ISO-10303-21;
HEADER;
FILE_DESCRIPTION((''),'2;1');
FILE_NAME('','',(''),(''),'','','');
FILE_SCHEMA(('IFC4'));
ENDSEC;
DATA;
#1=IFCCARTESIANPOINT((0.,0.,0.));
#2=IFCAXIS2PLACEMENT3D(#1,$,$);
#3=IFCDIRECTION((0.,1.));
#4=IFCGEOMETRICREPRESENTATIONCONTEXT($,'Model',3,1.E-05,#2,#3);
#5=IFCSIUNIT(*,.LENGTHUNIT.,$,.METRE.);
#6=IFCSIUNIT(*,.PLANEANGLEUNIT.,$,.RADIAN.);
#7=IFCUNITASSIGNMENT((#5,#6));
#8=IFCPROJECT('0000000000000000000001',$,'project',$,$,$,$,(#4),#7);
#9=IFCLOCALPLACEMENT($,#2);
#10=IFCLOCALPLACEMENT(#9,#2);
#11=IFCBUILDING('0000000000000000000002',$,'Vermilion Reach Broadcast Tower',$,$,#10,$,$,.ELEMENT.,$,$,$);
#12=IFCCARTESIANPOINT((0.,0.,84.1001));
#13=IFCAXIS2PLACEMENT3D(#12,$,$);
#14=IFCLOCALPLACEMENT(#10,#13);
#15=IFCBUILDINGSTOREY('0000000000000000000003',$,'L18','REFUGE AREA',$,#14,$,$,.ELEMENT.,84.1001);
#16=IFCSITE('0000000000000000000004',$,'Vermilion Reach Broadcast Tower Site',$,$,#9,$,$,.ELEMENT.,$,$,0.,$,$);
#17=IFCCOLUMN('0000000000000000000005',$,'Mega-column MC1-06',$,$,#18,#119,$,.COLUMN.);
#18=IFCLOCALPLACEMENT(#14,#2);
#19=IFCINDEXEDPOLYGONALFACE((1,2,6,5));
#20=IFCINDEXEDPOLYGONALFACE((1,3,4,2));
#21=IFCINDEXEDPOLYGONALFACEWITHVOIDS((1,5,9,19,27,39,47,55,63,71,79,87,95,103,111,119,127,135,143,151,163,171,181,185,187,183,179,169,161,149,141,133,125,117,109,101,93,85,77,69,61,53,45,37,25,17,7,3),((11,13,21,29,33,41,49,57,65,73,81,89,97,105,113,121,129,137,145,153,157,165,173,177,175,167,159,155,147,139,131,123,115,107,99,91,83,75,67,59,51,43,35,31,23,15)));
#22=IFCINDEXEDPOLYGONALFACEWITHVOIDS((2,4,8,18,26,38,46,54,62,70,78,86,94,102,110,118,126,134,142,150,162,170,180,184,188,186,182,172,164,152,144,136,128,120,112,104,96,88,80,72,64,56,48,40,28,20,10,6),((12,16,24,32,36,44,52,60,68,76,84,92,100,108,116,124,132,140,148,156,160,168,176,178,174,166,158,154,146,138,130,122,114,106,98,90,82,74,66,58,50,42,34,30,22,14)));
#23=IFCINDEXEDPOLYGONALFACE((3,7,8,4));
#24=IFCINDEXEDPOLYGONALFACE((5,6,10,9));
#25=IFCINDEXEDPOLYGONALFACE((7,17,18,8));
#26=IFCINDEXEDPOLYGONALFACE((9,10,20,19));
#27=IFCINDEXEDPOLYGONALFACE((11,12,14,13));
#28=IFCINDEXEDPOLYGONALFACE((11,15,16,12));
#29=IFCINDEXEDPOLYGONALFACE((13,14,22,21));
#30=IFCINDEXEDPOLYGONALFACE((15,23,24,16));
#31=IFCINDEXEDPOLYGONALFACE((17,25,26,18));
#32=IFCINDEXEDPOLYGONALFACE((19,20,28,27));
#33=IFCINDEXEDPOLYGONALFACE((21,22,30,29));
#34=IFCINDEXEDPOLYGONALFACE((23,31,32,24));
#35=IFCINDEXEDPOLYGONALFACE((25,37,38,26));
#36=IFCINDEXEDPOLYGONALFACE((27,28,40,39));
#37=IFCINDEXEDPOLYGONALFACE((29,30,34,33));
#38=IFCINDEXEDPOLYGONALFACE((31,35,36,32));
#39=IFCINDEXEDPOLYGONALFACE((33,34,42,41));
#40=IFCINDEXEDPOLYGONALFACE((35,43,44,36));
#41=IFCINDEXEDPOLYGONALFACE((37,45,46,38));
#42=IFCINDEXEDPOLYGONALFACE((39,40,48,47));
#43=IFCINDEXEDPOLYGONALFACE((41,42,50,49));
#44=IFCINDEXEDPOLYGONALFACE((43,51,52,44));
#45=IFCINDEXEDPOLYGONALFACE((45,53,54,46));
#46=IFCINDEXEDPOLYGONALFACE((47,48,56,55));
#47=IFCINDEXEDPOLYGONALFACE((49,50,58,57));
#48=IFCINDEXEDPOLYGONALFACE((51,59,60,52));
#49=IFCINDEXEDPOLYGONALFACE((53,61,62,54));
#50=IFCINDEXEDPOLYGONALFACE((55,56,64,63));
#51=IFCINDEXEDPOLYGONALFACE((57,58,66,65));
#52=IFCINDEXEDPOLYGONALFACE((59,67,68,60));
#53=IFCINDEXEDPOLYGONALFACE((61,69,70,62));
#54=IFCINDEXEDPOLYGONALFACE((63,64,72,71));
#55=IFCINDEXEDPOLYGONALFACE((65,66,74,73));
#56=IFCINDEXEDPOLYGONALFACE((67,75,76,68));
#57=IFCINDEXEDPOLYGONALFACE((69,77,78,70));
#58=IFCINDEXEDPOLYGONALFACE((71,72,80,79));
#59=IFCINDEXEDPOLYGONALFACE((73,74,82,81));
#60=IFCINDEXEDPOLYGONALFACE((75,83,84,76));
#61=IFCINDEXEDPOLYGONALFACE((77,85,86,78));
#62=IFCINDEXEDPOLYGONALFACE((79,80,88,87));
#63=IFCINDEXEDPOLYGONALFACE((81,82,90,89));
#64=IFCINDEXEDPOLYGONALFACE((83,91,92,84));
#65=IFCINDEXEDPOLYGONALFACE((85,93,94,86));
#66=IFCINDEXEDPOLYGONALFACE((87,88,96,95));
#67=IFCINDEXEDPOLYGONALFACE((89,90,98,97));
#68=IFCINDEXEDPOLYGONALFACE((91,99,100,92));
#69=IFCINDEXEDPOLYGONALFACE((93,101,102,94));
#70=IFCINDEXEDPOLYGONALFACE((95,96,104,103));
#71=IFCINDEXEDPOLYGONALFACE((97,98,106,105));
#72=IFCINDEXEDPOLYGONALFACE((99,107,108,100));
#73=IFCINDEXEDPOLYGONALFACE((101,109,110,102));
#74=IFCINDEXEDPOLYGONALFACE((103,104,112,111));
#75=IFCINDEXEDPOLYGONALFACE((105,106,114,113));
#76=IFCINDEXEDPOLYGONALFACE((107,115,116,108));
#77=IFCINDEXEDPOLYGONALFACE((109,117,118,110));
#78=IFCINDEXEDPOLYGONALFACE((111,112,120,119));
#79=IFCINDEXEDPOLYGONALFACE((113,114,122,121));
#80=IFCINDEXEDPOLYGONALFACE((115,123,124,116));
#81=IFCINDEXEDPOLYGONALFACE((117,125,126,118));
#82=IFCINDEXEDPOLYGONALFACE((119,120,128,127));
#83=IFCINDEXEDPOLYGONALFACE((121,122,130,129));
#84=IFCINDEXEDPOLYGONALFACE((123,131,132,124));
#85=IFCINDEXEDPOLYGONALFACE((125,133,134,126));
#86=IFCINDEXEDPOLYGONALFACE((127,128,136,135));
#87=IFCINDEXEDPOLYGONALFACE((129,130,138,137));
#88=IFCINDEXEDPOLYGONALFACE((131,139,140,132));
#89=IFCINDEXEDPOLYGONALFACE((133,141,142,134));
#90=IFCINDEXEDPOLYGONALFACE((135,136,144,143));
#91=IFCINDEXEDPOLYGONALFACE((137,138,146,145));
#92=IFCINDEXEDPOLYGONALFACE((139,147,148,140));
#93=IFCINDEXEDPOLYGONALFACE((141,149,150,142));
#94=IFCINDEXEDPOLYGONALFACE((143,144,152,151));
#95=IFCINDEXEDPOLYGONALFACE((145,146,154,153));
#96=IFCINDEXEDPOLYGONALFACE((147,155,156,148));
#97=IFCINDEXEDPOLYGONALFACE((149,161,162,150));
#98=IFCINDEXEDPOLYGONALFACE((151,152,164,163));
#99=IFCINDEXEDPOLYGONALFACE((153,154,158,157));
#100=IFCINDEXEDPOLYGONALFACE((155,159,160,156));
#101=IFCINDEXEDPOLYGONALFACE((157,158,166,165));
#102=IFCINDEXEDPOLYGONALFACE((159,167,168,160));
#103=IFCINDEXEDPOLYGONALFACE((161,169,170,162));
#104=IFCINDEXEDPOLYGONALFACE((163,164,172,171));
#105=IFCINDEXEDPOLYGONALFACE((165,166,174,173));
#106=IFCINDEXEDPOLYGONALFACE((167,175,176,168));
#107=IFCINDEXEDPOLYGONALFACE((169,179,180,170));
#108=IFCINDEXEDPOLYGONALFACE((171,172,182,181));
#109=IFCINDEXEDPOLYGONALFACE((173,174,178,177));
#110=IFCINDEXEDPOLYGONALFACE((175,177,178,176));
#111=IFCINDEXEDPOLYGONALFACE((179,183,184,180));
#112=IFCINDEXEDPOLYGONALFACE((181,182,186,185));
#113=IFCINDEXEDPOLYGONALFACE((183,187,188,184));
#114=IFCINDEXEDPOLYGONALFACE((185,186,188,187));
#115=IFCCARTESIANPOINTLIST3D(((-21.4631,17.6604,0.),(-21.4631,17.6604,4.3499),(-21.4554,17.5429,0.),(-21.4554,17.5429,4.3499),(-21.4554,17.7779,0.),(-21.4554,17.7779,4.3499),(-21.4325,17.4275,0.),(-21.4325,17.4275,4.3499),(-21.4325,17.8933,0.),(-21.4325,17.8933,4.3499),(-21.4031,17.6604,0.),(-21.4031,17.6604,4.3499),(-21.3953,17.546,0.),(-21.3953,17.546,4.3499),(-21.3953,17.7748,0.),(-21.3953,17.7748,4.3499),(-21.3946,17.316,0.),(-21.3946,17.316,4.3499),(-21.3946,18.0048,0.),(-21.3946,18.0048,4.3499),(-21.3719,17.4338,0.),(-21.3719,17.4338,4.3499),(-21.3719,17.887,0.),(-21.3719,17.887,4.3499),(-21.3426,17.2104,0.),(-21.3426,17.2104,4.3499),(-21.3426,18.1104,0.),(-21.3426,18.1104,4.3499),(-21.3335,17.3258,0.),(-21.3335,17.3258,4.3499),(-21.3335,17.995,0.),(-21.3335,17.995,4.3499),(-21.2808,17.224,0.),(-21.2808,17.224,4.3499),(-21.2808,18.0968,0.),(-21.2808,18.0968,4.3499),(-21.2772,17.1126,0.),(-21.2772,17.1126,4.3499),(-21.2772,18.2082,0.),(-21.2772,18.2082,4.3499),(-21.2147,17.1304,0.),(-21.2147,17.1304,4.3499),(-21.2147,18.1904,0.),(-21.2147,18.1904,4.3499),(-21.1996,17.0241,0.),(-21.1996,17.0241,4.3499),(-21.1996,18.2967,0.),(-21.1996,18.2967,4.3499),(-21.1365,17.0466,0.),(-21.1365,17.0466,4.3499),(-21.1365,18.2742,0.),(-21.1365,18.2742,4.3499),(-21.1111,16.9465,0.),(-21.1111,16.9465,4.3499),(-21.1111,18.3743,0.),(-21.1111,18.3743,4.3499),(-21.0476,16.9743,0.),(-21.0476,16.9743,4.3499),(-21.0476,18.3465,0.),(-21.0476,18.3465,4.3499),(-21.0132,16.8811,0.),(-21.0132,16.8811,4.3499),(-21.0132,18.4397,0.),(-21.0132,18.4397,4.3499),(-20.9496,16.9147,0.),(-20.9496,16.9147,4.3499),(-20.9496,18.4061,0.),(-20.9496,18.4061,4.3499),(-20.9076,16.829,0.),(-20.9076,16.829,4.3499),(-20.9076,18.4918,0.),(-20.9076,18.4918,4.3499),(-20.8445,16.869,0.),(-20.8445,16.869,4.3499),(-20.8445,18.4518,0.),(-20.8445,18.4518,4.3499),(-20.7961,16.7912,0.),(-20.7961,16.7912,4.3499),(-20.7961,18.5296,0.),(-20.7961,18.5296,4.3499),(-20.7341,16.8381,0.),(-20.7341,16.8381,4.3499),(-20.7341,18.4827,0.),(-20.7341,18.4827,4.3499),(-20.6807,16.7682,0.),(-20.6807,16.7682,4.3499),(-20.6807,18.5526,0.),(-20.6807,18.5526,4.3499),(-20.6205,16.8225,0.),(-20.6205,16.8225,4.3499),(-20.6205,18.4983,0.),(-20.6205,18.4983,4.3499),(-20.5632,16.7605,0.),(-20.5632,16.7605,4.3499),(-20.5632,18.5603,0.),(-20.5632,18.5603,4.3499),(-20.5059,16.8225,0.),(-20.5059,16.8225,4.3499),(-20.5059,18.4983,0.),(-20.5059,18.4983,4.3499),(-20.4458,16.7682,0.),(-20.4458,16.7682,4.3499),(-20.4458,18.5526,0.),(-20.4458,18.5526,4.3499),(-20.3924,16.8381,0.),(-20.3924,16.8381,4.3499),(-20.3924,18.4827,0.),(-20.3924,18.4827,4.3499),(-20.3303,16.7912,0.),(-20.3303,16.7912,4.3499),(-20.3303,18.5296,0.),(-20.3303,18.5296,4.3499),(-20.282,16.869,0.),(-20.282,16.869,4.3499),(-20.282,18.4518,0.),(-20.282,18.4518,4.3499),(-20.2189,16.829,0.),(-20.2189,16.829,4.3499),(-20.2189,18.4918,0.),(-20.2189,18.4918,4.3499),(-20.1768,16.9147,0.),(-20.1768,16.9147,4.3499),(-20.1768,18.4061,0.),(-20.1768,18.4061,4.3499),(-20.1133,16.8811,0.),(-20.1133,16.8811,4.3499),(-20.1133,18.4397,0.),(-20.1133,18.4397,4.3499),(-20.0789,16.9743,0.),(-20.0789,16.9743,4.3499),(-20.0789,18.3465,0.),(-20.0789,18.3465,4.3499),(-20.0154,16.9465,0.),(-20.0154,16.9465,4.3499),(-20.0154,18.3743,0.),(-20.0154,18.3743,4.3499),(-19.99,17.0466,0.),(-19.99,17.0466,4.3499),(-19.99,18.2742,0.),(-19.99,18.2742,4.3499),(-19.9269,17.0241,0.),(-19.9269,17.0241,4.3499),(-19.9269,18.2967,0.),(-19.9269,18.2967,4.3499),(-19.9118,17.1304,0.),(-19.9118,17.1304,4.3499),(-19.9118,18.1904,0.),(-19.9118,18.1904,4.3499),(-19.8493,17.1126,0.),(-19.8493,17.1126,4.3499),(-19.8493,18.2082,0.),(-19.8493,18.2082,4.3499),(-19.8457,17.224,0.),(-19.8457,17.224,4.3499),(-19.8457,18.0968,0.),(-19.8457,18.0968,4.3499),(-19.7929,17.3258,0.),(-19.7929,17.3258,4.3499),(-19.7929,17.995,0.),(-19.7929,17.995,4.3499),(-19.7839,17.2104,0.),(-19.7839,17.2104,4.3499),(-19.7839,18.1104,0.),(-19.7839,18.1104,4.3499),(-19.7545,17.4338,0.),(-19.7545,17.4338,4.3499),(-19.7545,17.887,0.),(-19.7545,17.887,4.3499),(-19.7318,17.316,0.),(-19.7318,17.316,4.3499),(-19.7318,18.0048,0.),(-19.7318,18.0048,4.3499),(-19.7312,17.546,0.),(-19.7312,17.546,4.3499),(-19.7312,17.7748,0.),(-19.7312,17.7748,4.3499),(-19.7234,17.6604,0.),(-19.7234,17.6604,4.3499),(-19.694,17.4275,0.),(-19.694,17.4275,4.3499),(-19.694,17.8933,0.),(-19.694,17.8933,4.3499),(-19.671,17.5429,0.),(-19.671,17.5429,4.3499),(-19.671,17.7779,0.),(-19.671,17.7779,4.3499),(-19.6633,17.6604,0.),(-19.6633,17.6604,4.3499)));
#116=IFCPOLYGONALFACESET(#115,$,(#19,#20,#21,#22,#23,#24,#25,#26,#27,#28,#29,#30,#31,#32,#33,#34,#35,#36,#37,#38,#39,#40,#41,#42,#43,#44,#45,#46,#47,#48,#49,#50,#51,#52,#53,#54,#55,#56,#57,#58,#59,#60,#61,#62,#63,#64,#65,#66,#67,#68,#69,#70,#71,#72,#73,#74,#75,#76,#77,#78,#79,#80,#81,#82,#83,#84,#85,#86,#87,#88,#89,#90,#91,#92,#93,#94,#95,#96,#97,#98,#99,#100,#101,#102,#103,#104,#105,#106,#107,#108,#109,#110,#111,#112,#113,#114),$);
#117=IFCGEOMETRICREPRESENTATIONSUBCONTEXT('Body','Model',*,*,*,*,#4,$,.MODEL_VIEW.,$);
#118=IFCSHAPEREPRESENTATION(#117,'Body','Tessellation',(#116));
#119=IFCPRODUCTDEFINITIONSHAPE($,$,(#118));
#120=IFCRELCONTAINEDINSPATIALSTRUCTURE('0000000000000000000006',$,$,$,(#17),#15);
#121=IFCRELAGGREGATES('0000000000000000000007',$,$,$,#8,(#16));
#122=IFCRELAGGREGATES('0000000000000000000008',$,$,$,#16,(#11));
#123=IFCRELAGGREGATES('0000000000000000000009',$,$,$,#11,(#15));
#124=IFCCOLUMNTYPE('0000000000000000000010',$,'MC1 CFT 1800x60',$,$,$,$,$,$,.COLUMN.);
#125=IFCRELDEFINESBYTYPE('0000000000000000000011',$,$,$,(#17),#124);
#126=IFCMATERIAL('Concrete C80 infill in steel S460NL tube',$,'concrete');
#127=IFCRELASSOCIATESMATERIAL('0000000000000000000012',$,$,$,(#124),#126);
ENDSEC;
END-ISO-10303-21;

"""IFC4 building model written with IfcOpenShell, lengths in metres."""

from ifc_helpers import new_model, si_unit, direction, frame, origin, origin_2d, place, context, subcontext, project, spatial, hollow_circle, extrude, material, material_profile, profile_set, type_object, element, save


model = new_model("IFC4")

# Units and contexts
model_context = context("Model", 3, precision=1e-05, world=origin(), true_north=direction((0.0, 1.0)))
body_context = subcontext(model_context, "Body", "Model", "MODEL_VIEW")
ifc_project = project(units=[si_unit("LENGTHUNIT", "METRE"), si_unit("PLANEANGLEUNIT", "RADIAN")], contexts=[model_context])

# Site, building, storey
site_placement = place(None, origin())
site = spatial("IfcSite", under=ifc_project, at=site_placement, Name="Vermilion Reach Broadcast Tower Site", CompositionType="ELEMENT", RefElevation=0.0)
building_placement = place(site_placement, origin())
building = spatial("IfcBuilding", under=site, at=building_placement, Name="Vermilion Reach Broadcast Tower", CompositionType="ELEMENT")
storey_placement = place(building_placement, frame((0.0, 0.0, 84.1001)))
storey = spatial("IfcBuildingStorey", under=building, at=storey_placement, Name="L18", Description="REFUGE AREA", CompositionType="ELEMENT", Elevation=84.1001)

# Column
ifc_material_1 = material(Name="Concrete C80 infill in steel S460NL tube", Category="concrete")
ifc_material_profile_1 = material_profile(ifc_material_1, hollow_circle(Radius=0.8999, WallThickness=0.0601, at=origin_2d()), Name="Concrete C80 infill in steel S460NL tube CFT 1800x60")
ifc_profile_set_1 = profile_set([ifc_material_profile_1], Name="Concrete C80 infill in steel S460NL tube")
column_type = type_object("IfcColumnType", Name="MC1 CFT 1800x60", PredefinedType="COLUMN", material=ifc_profile_set_1)
for number, where, z_axis, x_axis, name in (
    (1, (-20.5632, 17.6604, 0.0), (0.0, 0.0, 1.0), (1.0, 0.0, 0.0), "Mega-column MC1-06"),
):
    element("IfcColumn", number, at=place(storey_placement, frame(where, z_axis=z_axis, x_axis=x_axis)), inside=storey, type_object=column_type, Name=name, PredefinedType="COLUMN", context=body_context, shape_type="SweptSolid", body=[
        extrude(hollow_circle(Radius=0.8999, WallThickness=0.0601, at=origin_2d()), origin(), (0.0, 0.0, 1.0), 4.3499),
    ])

save(model, "model.ifc")
